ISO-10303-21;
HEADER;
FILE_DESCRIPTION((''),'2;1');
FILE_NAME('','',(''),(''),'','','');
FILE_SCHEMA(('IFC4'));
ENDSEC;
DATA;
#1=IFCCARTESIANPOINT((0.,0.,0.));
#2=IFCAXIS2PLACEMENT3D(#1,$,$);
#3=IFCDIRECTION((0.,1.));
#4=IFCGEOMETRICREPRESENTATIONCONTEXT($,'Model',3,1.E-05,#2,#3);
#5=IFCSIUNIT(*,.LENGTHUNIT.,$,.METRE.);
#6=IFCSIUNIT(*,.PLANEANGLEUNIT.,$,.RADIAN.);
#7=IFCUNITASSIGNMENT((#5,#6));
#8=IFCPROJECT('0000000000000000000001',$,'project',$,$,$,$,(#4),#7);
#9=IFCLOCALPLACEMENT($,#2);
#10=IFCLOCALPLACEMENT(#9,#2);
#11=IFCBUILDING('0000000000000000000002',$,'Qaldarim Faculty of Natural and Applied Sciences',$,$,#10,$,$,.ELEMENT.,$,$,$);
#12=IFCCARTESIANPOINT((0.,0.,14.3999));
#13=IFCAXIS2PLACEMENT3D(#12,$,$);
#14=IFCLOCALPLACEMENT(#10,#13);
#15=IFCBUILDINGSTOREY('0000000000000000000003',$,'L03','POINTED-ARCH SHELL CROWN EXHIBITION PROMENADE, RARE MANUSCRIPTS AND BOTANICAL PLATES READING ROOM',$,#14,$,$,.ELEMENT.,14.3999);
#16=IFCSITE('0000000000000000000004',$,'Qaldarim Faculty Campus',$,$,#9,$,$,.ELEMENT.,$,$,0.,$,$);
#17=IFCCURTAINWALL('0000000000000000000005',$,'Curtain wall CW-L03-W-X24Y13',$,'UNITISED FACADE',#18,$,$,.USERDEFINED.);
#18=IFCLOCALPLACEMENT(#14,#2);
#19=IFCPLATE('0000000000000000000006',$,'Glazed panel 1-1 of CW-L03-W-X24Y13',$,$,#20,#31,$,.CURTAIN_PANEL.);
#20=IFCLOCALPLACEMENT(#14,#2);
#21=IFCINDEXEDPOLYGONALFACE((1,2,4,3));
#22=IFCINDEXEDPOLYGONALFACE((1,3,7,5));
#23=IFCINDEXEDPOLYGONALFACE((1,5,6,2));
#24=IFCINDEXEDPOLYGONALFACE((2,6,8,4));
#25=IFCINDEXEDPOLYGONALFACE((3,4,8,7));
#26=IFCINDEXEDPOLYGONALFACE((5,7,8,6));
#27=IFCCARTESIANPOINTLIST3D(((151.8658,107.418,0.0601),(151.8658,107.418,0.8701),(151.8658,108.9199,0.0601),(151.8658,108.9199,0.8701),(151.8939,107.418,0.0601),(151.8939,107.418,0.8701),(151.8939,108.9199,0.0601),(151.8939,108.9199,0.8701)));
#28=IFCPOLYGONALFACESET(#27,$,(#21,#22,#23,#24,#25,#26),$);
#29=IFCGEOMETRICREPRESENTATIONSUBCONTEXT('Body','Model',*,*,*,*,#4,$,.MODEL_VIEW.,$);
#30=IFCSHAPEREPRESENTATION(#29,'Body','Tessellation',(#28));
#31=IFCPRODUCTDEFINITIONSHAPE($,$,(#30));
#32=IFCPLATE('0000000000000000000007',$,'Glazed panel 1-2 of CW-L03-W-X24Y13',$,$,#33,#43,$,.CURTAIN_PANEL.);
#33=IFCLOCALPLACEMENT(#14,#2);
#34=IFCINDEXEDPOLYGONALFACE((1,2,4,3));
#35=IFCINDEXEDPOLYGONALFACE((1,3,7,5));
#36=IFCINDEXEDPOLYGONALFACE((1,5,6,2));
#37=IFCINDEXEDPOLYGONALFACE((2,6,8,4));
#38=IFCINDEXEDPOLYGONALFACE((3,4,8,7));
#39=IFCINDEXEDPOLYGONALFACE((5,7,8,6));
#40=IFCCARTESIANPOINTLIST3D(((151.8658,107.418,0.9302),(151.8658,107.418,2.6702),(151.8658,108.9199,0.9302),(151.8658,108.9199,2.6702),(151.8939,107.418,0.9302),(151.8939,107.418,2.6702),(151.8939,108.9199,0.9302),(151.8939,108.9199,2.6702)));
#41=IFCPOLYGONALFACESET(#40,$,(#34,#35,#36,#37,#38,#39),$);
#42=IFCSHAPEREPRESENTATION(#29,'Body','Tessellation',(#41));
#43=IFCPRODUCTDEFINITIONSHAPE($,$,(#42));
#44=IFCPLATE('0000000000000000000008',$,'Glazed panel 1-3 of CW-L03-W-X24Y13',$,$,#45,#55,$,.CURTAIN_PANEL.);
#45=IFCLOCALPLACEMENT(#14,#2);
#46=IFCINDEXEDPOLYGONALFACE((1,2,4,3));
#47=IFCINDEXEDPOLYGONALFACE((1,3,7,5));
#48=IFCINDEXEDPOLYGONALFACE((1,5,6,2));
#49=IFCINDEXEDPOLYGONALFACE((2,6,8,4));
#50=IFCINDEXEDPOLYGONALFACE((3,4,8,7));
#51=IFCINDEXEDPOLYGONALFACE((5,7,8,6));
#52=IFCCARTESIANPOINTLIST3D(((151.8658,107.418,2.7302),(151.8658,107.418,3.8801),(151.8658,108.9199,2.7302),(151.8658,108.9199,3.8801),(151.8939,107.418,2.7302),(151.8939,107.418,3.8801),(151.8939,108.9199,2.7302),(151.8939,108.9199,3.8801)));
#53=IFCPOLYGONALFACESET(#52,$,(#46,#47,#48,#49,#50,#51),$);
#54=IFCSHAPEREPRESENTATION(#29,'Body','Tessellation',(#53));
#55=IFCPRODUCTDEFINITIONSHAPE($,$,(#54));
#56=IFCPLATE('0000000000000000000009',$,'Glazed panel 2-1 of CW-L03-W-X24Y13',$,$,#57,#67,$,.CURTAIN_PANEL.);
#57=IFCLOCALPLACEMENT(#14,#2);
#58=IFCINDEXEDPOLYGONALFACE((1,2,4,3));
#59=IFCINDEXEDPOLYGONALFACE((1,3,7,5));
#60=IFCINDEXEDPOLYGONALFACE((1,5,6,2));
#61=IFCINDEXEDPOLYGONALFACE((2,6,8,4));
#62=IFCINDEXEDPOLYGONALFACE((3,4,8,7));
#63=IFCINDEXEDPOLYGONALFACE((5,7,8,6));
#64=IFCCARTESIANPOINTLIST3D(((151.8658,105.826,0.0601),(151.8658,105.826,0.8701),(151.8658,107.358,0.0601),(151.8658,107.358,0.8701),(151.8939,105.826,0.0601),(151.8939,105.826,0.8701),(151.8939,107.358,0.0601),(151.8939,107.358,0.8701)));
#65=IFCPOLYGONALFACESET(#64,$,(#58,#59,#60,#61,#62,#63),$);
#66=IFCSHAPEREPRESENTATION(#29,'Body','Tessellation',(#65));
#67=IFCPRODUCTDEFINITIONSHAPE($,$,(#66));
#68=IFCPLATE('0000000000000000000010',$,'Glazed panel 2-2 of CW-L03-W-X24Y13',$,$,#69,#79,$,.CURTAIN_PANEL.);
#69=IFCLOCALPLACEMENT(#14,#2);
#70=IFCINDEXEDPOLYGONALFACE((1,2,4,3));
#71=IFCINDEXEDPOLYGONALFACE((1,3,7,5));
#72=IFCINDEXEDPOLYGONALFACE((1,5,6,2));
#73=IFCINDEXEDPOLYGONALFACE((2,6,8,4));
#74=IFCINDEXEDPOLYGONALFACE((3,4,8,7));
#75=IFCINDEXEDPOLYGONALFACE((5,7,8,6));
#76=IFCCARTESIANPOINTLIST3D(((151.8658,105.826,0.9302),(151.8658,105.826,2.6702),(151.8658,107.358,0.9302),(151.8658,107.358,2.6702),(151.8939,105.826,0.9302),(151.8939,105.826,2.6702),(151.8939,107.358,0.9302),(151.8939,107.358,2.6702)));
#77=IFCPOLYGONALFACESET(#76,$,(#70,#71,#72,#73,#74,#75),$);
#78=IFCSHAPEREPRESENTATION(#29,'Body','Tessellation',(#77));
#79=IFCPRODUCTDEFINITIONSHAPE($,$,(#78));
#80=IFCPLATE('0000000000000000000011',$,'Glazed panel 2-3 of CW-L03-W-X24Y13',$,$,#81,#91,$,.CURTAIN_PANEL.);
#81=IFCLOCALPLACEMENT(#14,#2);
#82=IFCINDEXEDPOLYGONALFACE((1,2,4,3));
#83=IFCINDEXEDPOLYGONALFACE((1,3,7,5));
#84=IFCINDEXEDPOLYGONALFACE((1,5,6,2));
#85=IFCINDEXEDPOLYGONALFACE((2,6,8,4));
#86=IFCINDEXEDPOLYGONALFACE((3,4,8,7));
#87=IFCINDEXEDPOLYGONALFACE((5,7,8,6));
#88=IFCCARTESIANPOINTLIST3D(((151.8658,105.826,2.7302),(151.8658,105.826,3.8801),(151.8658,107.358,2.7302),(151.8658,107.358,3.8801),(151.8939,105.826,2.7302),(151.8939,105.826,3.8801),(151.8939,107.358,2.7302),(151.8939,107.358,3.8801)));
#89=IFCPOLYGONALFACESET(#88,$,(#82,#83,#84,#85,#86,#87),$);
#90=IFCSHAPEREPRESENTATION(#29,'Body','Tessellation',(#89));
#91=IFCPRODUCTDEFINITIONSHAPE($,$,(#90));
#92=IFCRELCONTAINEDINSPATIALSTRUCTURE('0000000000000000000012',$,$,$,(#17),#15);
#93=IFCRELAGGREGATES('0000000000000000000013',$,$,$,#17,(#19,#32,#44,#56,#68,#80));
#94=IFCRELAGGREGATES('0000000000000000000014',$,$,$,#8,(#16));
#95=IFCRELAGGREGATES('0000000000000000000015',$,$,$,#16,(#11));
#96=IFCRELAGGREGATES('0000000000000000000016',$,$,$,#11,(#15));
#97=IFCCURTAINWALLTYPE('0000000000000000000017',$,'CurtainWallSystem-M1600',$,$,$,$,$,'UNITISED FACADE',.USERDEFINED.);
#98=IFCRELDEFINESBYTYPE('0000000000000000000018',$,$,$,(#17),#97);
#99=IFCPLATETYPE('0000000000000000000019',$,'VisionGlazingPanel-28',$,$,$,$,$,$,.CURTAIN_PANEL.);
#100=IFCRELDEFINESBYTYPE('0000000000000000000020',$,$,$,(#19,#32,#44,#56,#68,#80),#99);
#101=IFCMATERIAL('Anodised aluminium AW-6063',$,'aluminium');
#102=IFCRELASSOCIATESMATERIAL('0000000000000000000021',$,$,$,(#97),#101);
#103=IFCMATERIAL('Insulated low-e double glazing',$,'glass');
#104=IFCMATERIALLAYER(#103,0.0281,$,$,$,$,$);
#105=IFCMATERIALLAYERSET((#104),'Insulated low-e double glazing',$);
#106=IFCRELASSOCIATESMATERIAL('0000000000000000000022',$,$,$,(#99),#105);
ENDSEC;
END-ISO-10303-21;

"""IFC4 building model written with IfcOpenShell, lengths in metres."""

from ifc_helpers import new_model, si_unit, direction, frame, origin, origin_2d, place, context, subcontext, project, spatial, rectangle, extrude, material, layer, layer_set, type_object, element, aggregate, save


model = new_model("IFC4")

# Units and contexts
model_context = context("Model", 3, precision=1e-05, world=origin(), true_north=direction((0.0, 1.0)))
body_context = subcontext(model_context, "Body", "Model", "MODEL_VIEW")
ifc_project = project(units=[si_unit("LENGTHUNIT", "METRE"), si_unit("PLANEANGLEUNIT", "RADIAN")], contexts=[model_context])

# Site, building, storey
site_placement = place(None, origin())
site = spatial("IfcSite", under=ifc_project, at=site_placement, Name="Qaldarim Faculty Campus", CompositionType="ELEMENT", RefElevation=0.0)
building_placement = place(site_placement, origin())
building = spatial("IfcBuilding", under=site, at=building_placement, Name="Qaldarim Faculty of Natural and Applied Sciences", CompositionType="ELEMENT")
storey_placement = place(building_placement, frame((0.0, 0.0, 14.3999)))
storey = spatial("IfcBuildingStorey", under=building, at=storey_placement, Name="L03", Description="POINTED-ARCH SHELL CROWN EXHIBITION PROMENADE, RARE MANUSCRIPTS AND BOTANICAL PLATES READING ROOM", CompositionType="ELEMENT", Elevation=14.3999)

# Curtain wall, plates
ifc_material_1 = material(Name="Anodised aluminium AW-6063", Category="aluminium")
curtain_wall_type = type_object("IfcCurtainWallType", Name="CurtainWallSystem-M1600", ElementType="UNITISED FACADE", PredefinedType="USERDEFINED", material=ifc_material_1)
curtain_wall_placement = place(storey_placement, origin())
curtain_wall = element("IfcCurtainWall", 1, at=curtain_wall_placement, inside=storey, type_object=curtain_wall_type, Name="Curtain wall CW-L03-W-X24Y13", ObjectType="UNITISED FACADE", PredefinedType="USERDEFINED")
ifc_material_2 = material(Name="Insulated low-e double glazing", Category="glass")
ifc_layer = layer(ifc_material_2, 0.0281)
ifc_layer_set = layer_set([ifc_layer], Name="Insulated low-e double glazing")
plate_type = type_object("IfcPlateType", Name="VisionGlazingPanel-28", PredefinedType="CURTAIN_PANEL", material=ifc_layer_set)
plate_1_placement = place(storey_placement, frame((151.8799, 108.1689, 0.0601), z_axis=(0.0, 0.0, 1.0), x_axis=(0.0, -1.0, 0.0)))
plate_1 = element("IfcPlate", 2, at=plate_1_placement, type_object=plate_type, Name="Glazed panel 1-1 of CW-L03-W-X24Y13", PredefinedType="CURTAIN_PANEL", context=body_context, shape_type="SweptSolid", body=[
    extrude(rectangle(XDim=1.502, YDim=0.0281, at=origin_2d()), origin(), (0.0, 0.0, 1.0), 0.8101),
])
plate_2_placement = place(storey_placement, frame((151.8799, 108.1689, 0.9302), z_axis=(0.0, 0.0, 1.0), x_axis=(0.0, -1.0, 0.0)))
plate_2 = element("IfcPlate", 3, at=plate_2_placement, type_object=plate_type, Name="Glazed panel 1-2 of CW-L03-W-X24Y13", PredefinedType="CURTAIN_PANEL", context=body_context, shape_type="SweptSolid", body=[
    extrude(rectangle(XDim=1.502, YDim=0.0281, at=origin_2d()), origin(), (0.0, 0.0, 1.0), 1.74),
])
plate_3_placement = place(storey_placement, frame((151.8799, 108.1689, 2.7302), z_axis=(0.0, 0.0, 1.0), x_axis=(0.0, -1.0, 0.0)))
plate_3 = element("IfcPlate", 4, at=plate_3_placement, type_object=plate_type, Name="Glazed panel 1-3 of CW-L03-W-X24Y13", PredefinedType="CURTAIN_PANEL", context=body_context, shape_type="SweptSolid", body=[
    extrude(rectangle(XDim=1.502, YDim=0.0281, at=origin_2d()), origin(), (0.0, 0.0, 1.0), 1.1499),
])
plate_4_placement = place(storey_placement, frame((151.8799, 106.592, 0.0601), z_axis=(0.0, 0.0, 1.0), x_axis=(0.0, -1.0, 0.0)))
plate_4 = element("IfcPlate", 5, at=plate_4_placement, type_object=plate_type, Name="Glazed panel 2-1 of CW-L03-W-X24Y13", PredefinedType="CURTAIN_PANEL", context=body_context, shape_type="SweptSolid", body=[
    extrude(rectangle(XDim=1.532, YDim=0.0281, at=origin_2d()), origin(), (0.0, 0.0, 1.0), 0.8101),
])
plate_5_placement = place(storey_placement, frame((151.8799, 106.592, 0.9302), z_axis=(0.0, 0.0, 1.0), x_axis=(0.0, -1.0, 0.0)))
plate_5 = element("IfcPlate", 6, at=plate_5_placement, type_object=plate_type, Name="Glazed panel 2-2 of CW-L03-W-X24Y13", PredefinedType="CURTAIN_PANEL", context=body_context, shape_type="SweptSolid", body=[
    extrude(rectangle(XDim=1.532, YDim=0.0281, at=origin_2d()), origin(), (0.0, 0.0, 1.0), 1.74),
])
plate_6_placement = place(storey_placement, frame((151.8799, 106.592, 2.7302), z_axis=(0.0, 0.0, 1.0), x_axis=(0.0, -1.0, 0.0)))
plate_6 = element("IfcPlate", 7, at=plate_6_placement, type_object=plate_type, Name="Glazed panel 2-3 of CW-L03-W-X24Y13", PredefinedType="CURTAIN_PANEL", context=body_context, shape_type="SweptSolid", body=[
    extrude(rectangle(XDim=1.532, YDim=0.0281, at=origin_2d()), origin(), (0.0, 0.0, 1.0), 1.1499),
])
aggregate(curtain_wall, [plate_1, plate_2, plate_3, plate_4, plate_5, plate_6])

save(model, "model.ifc")
